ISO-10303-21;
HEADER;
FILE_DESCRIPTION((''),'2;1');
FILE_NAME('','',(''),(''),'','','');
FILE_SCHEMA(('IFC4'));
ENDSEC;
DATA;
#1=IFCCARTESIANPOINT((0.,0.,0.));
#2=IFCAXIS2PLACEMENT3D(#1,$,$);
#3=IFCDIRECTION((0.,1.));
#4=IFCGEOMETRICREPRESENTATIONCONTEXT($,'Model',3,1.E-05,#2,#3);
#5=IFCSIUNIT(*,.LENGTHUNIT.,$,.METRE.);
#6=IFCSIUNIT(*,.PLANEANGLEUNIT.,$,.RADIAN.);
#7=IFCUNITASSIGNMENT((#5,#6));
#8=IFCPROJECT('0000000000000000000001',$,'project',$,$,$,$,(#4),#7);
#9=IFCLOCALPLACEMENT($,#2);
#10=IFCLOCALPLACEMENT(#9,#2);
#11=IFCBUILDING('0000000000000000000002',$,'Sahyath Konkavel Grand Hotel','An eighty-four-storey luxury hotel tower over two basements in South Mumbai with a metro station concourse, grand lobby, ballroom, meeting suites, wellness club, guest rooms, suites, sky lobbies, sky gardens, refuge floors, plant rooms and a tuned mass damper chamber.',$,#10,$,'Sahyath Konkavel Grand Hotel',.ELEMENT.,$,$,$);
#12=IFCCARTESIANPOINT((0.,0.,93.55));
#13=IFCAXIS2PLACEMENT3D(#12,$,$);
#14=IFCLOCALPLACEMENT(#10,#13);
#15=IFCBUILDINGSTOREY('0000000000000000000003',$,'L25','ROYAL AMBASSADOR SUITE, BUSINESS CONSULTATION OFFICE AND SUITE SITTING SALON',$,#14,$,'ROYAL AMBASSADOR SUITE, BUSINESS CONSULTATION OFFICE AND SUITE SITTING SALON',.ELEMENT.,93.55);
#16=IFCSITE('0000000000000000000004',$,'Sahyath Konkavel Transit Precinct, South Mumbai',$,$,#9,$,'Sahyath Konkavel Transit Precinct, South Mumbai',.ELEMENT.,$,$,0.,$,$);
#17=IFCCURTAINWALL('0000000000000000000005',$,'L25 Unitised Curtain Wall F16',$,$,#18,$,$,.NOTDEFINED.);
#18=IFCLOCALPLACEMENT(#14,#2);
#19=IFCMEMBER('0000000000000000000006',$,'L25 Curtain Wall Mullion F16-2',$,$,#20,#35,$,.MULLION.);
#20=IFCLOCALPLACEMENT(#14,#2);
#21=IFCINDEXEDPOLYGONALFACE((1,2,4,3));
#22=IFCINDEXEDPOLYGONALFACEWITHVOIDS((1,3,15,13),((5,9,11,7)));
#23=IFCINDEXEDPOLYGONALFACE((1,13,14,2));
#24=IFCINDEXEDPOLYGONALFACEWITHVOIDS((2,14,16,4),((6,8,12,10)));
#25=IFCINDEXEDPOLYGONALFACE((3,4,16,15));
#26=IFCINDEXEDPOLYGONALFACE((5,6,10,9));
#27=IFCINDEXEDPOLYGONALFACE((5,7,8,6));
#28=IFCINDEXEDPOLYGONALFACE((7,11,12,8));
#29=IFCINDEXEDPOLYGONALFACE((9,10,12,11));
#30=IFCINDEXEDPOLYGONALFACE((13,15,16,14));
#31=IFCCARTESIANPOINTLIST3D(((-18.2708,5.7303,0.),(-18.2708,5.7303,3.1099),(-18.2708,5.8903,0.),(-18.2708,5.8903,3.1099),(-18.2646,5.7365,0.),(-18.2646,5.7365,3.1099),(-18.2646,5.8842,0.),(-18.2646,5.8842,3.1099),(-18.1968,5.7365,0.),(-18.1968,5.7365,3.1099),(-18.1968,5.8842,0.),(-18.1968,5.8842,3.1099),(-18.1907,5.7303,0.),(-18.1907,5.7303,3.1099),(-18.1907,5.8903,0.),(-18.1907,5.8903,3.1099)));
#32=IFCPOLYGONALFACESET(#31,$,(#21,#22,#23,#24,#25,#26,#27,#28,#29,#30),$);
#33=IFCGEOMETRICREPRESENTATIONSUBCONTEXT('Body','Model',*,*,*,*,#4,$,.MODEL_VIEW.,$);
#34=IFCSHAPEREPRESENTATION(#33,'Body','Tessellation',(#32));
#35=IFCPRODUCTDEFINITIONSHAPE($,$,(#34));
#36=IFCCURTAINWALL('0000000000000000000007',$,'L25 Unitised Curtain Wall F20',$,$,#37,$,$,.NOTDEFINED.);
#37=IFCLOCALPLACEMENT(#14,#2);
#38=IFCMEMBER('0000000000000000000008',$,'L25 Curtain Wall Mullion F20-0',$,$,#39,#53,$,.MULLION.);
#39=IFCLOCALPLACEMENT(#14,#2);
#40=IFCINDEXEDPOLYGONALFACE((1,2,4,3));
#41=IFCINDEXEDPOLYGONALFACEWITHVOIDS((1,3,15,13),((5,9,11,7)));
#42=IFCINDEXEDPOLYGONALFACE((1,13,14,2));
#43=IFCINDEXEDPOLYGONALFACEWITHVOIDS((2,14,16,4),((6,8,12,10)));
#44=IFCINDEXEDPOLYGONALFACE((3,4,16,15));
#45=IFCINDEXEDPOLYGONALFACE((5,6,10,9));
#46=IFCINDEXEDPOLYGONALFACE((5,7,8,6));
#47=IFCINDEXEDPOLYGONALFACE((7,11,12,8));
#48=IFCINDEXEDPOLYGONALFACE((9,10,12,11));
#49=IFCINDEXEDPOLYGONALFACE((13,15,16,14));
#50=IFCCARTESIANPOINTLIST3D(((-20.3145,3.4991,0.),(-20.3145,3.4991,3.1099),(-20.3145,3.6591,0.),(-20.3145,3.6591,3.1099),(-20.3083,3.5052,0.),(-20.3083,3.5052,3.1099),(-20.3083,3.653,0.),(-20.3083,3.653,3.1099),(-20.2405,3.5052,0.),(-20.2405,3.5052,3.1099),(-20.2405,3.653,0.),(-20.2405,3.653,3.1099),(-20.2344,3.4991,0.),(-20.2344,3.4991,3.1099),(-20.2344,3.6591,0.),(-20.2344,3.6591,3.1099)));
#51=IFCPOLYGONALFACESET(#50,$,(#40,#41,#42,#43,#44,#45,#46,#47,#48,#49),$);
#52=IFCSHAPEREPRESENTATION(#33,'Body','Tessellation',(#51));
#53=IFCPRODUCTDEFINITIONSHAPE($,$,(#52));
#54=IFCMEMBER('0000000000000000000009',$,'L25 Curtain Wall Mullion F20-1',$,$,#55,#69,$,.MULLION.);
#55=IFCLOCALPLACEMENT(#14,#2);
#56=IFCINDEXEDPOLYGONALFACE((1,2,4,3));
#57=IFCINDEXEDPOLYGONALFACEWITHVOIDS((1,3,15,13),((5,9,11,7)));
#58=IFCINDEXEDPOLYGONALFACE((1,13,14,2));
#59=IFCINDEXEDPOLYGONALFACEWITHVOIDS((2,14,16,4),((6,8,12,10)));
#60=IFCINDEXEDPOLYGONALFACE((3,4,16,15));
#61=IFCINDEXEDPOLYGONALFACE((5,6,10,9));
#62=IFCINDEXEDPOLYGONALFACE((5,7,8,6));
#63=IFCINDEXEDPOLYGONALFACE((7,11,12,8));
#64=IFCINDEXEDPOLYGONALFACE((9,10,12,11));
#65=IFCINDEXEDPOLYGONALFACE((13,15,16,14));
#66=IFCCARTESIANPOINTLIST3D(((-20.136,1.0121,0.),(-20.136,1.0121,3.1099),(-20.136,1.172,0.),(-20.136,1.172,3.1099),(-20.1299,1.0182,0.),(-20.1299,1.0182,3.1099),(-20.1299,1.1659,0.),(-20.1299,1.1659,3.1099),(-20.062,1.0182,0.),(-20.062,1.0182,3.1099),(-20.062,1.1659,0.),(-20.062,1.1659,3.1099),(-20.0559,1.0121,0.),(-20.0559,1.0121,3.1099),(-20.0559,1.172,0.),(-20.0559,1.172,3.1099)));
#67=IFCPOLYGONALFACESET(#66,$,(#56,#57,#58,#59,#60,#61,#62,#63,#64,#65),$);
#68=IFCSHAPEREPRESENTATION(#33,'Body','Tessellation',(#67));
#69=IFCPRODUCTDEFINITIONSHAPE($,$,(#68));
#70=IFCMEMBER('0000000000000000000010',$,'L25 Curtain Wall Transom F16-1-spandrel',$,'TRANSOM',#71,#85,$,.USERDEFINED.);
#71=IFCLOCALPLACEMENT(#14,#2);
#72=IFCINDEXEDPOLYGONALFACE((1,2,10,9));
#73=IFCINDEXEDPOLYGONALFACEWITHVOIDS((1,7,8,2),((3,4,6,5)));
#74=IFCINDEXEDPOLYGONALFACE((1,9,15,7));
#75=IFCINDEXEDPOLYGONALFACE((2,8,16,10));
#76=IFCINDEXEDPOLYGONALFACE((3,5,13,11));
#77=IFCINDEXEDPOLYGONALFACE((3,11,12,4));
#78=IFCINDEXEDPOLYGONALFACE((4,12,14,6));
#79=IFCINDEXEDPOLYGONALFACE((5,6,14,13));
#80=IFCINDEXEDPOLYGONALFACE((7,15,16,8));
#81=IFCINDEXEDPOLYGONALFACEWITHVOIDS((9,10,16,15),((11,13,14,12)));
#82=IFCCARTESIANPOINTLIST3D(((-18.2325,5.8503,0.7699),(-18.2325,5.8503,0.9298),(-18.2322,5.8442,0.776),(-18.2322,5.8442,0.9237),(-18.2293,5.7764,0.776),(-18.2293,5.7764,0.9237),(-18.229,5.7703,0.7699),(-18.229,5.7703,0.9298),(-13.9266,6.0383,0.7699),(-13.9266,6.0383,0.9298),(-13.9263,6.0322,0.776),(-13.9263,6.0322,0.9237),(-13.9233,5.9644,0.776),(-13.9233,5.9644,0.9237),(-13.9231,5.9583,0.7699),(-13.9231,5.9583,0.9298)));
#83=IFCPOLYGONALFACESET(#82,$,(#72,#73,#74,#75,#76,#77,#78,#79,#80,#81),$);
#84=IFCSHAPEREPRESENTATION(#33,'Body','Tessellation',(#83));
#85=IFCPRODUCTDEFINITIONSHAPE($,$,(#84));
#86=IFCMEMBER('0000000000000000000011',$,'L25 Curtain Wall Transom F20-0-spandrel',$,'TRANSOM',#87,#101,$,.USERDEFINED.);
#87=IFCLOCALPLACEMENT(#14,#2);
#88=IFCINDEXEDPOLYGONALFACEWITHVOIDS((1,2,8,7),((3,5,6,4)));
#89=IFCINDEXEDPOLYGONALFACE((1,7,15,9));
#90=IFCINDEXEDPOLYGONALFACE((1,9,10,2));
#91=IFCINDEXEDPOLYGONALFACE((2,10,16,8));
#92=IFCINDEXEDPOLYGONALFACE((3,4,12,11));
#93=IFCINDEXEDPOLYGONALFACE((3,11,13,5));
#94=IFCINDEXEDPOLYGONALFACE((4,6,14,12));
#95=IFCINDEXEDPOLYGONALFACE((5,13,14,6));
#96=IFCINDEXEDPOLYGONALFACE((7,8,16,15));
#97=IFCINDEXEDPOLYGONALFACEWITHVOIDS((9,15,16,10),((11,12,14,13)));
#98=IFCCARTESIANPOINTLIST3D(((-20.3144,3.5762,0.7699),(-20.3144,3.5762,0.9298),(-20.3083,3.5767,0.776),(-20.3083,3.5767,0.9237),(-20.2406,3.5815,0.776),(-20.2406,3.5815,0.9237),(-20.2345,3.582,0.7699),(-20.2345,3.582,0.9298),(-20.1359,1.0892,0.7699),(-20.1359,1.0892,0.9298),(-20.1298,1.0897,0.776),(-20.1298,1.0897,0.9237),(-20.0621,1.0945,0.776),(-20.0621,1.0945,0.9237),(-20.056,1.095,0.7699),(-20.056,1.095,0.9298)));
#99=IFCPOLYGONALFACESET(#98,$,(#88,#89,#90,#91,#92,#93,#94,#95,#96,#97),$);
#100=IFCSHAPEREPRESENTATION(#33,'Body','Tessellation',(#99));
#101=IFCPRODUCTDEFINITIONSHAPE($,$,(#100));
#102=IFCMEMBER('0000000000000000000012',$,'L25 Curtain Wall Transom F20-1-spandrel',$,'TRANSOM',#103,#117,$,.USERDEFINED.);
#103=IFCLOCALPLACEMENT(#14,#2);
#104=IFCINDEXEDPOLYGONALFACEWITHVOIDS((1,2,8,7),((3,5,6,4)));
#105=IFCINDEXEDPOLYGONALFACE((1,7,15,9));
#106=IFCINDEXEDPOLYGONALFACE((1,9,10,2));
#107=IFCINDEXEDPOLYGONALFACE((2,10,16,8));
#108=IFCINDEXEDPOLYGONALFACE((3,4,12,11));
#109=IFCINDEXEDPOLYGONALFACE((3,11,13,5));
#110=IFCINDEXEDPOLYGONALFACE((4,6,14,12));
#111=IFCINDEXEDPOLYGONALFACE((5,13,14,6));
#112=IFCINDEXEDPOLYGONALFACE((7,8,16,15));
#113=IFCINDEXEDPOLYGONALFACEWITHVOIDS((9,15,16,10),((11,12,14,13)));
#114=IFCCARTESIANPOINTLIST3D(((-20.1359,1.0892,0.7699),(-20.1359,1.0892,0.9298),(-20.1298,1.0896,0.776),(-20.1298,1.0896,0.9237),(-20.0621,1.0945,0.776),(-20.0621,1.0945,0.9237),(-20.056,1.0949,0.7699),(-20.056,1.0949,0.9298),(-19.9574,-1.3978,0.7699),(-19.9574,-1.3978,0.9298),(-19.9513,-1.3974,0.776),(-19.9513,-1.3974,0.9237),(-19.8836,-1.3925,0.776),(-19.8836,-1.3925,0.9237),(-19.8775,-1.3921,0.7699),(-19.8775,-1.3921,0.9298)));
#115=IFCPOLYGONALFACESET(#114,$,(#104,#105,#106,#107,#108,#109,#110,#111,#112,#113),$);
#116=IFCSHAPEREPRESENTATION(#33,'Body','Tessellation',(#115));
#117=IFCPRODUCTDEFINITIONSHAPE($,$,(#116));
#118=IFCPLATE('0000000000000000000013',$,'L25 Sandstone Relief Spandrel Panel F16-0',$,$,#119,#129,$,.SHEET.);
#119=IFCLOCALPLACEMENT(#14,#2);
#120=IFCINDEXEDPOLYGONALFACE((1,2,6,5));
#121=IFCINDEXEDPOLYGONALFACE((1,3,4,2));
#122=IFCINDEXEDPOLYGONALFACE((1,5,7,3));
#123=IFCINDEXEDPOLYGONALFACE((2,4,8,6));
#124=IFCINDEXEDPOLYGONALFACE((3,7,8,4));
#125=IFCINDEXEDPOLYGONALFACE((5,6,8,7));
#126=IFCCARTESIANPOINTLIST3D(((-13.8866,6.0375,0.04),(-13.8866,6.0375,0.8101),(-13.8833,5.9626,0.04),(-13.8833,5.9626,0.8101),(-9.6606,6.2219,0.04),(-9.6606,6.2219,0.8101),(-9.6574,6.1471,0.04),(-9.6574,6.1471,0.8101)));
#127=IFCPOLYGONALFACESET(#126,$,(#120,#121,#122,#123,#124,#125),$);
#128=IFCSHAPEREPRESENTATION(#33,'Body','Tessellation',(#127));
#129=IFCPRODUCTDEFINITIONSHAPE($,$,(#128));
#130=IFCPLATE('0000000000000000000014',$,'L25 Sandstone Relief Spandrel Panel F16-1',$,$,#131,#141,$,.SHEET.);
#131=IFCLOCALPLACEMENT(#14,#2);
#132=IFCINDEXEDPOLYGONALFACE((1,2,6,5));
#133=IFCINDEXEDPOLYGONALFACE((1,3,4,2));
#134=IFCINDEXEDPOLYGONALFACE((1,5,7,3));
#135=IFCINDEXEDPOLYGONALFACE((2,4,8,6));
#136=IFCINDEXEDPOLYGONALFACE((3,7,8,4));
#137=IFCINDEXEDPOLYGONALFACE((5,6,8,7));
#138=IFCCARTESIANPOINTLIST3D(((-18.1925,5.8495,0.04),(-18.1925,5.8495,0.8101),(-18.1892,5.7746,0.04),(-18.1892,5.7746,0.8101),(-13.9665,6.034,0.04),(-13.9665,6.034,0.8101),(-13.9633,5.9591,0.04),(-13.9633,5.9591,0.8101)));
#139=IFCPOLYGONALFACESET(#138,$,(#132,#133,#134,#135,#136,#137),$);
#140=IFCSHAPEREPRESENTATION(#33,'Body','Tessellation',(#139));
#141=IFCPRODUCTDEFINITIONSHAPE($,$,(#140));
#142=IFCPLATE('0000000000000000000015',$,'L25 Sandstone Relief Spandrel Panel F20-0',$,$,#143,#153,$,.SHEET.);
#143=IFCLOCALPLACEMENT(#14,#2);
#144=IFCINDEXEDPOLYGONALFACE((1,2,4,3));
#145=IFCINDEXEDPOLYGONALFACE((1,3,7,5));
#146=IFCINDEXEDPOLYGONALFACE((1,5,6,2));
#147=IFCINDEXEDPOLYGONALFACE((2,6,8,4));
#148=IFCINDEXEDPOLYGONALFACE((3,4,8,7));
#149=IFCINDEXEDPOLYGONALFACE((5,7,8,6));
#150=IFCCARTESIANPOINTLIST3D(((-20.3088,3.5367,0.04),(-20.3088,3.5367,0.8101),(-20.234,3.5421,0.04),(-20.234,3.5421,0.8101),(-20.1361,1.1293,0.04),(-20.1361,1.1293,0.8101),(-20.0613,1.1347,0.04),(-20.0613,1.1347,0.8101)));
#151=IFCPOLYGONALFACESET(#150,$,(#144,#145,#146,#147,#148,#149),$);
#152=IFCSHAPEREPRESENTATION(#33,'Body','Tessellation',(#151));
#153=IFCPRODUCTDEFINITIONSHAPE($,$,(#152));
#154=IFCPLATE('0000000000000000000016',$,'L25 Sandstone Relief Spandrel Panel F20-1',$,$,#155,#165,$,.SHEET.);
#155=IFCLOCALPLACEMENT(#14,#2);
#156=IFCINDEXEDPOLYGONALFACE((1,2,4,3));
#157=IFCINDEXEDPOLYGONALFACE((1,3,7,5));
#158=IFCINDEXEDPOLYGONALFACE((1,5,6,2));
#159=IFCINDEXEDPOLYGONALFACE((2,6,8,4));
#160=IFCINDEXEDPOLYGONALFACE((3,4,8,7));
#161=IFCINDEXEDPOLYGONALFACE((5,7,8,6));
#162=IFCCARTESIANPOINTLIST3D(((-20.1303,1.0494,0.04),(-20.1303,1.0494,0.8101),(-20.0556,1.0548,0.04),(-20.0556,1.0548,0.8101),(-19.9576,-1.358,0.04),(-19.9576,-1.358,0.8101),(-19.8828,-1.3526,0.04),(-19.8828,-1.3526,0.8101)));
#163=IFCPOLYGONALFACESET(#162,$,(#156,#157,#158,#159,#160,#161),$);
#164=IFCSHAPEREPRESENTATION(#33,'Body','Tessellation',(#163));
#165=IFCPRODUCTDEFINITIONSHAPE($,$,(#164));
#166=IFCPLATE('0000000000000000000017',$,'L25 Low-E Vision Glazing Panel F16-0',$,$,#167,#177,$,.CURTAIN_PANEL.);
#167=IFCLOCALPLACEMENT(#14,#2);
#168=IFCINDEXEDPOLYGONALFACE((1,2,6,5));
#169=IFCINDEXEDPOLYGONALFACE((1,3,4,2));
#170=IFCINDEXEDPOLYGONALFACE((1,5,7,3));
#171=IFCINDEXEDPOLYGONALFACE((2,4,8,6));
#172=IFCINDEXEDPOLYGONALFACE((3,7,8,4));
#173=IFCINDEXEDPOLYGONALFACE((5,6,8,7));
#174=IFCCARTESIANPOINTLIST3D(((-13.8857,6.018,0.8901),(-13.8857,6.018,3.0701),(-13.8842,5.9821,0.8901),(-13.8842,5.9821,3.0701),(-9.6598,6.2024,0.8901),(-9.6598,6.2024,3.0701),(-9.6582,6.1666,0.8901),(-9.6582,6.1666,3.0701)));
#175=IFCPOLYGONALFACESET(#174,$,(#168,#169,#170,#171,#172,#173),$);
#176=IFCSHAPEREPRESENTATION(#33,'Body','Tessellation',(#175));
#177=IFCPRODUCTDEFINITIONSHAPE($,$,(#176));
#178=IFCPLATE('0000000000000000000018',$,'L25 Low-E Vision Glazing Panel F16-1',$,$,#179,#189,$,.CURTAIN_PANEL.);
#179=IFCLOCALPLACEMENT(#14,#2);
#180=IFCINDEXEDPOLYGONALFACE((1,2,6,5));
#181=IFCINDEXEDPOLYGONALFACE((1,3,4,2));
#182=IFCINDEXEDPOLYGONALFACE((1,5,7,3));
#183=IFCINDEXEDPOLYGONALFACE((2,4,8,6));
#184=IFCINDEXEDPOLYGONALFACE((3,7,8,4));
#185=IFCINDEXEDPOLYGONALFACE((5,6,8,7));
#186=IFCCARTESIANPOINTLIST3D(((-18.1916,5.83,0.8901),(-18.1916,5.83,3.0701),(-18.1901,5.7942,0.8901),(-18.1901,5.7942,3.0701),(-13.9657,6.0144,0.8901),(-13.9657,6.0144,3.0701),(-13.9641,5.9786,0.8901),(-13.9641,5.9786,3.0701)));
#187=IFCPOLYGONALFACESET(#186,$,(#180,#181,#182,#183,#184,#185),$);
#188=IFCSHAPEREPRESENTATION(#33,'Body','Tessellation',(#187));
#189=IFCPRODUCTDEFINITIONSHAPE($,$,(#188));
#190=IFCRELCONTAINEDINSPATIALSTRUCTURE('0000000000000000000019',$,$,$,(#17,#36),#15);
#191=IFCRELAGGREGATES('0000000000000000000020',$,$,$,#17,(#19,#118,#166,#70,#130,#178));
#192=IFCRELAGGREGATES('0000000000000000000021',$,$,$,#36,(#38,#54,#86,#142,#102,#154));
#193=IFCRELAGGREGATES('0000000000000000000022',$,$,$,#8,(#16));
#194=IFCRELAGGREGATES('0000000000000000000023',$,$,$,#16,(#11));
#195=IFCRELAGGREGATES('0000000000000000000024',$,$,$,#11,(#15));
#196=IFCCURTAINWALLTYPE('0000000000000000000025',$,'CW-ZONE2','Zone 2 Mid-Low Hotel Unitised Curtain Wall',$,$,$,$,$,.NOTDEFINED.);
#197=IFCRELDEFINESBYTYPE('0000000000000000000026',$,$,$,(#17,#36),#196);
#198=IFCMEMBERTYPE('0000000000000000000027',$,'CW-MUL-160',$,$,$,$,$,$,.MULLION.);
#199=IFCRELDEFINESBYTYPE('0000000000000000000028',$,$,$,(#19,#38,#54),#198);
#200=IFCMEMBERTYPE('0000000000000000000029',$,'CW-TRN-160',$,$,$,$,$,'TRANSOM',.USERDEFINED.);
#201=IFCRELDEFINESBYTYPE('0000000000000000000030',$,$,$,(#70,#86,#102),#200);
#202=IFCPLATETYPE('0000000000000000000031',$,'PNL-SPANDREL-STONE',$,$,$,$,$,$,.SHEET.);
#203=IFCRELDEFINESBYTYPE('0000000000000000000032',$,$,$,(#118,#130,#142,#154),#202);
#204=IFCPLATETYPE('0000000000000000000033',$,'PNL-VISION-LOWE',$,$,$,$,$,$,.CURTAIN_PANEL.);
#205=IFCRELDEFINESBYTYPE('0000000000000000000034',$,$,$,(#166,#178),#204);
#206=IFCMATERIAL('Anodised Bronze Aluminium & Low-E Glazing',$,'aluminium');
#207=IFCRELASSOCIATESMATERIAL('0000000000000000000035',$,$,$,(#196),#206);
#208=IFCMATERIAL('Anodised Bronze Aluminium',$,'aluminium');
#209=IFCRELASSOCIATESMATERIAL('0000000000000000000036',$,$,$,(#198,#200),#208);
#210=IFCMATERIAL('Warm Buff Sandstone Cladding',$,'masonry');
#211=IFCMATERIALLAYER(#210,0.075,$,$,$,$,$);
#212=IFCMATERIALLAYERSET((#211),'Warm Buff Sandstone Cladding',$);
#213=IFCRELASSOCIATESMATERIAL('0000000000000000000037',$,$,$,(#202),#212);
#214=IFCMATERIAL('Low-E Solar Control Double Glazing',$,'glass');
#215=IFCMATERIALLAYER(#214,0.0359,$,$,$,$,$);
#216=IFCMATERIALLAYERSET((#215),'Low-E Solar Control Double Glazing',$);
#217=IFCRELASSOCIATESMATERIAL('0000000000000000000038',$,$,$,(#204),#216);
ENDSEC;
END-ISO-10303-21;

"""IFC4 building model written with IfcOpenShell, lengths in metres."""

from ifc_helpers import new_model, si_unit, direction, frame, origin, origin_2d, place, context, subcontext, project, spatial, rectangle, hollow_rectangle, extrude, source, transform, mapped, material, layer, layer_set, material_profile, profile_set, type_object, element, aggregate, save


model = new_model("IFC4")

# Units and contexts
model_context = context("Model", 3, precision=1e-05, world=origin(), true_north=direction((0.0, 1.0)))
body_context = subcontext(model_context, "Body", "Model", "MODEL_VIEW")
ifc_project = project(units=[si_unit("LENGTHUNIT", "METRE"), si_unit("PLANEANGLEUNIT", "RADIAN")], contexts=[model_context])

# Site, building, storey
site_placement = place(None, origin())
site = spatial("IfcSite", under=ifc_project, at=site_placement, Name="Sahyath Konkavel Transit Precinct, South Mumbai", LongName="Sahyath Konkavel Transit Precinct, South Mumbai", CompositionType="ELEMENT", RefElevation=0.0)
building_placement = place(site_placement, origin())
building = spatial("IfcBuilding", under=site, at=building_placement, Name="Sahyath Konkavel Grand Hotel", Description="An eighty-four-storey luxury hotel tower over two basements in South Mumbai with a metro station concourse, grand lobby, ballroom, meeting suites, wellness club, guest rooms, suites, sky lobbies, sky gardens, refuge floors, plant rooms and a tuned mass damper chamber.", LongName="Sahyath Konkavel Grand Hotel", CompositionType="ELEMENT")
storey_placement = place(building_placement, frame((0.0, 0.0, 93.55)))
storey = spatial("IfcBuildingStorey", under=building, at=storey_placement, Name="L25", Description="ROYAL AMBASSADOR SUITE, BUSINESS CONSULTATION OFFICE AND SUITE SITTING SALON", LongName="ROYAL AMBASSADOR SUITE, BUSINESS CONSULTATION OFFICE AND SUITE SITTING SALON", CompositionType="ELEMENT", Elevation=93.55)

# Curtain walls, members
ifc_material_1 = material(Name="Anodised Bronze Aluminium & Low-E Glazing", Category="aluminium")
curtain_wall_type = type_object("IfcCurtainWallType", Name="CW-ZONE2", Description="Zone 2 Mid-Low Hotel Unitised Curtain Wall", PredefinedType="NOTDEFINED", material=ifc_material_1)
curtain_wall_1_placement = place(storey_placement, origin())
curtain_wall_1 = element("IfcCurtainWall", 1, at=curtain_wall_1_placement, inside=storey, type_object=curtain_wall_type, Name="L25 Unitised Curtain Wall F16", PredefinedType="NOTDEFINED")
ifc_material_2 = material(Name="Anodised Bronze Aluminium", Category="aluminium")
ifc_material_profile_1 = material_profile(ifc_material_2, hollow_rectangle(XDim=0.0801, YDim=0.1599, WallThickness=0.0061, at=origin_2d()), Name="RHS 160x80x6")
ifc_profile_set_1 = profile_set([ifc_material_profile_1], Name="Anodised Bronze Aluminium")
member_type_1 = type_object("IfcMemberType", Name="CW-MUL-160", PredefinedType="MULLION", material=ifc_profile_set_1)
shared_shape_1 = source(origin(), body_context, "Body", "SweptSolid", [
    extrude(hollow_rectangle(XDim=0.0801, YDim=0.1599, WallThickness=0.0061, at=origin_2d()), origin(), (0.0, 0.0, 1.0), 3.1099),
])
member_1_placement = place(storey_placement, frame((-18.2307, 5.8103, 0.0), z_axis=(0.0, 0.0, 1.0), x_axis=(1.0, 0.0, 0.0)))
member_1 = element("IfcMember", 2, at=member_1_placement, type_object=member_type_1, Name="L25 Curtain Wall Mullion F16-2", PredefinedType="MULLION", context=body_context, shape_type="MappedRepresentation", body=[
    mapped(shared_shape_1, transform((0.0, 0.0, 0.0), scale=1.0)),
])
curtain_wall_2_placement = place(storey_placement, origin())
curtain_wall_2 = element("IfcCurtainWall", 3, at=curtain_wall_2_placement, inside=storey, type_object=curtain_wall_type, Name="L25 Unitised Curtain Wall F20", PredefinedType="NOTDEFINED")
member_2_placement = place(storey_placement, frame((-20.2744, 3.5791, 0.0), z_axis=(0.0, 0.0, 1.0), x_axis=(1.0, 0.0, 0.0)))
member_2 = element("IfcMember", 4, at=member_2_placement, type_object=member_type_1, Name="L25 Curtain Wall Mullion F20-0", PredefinedType="MULLION", context=body_context, shape_type="MappedRepresentation", body=[
    mapped(shared_shape_1, transform((0.0, 0.0, 0.0), scale=1.0)),
])
member_3_placement = place(storey_placement, frame((-20.0959, 1.092, 0.0), z_axis=(0.0, 0.0, 1.0), x_axis=(1.0, 0.0, 0.0)))
member_3 = element("IfcMember", 5, at=member_3_placement, type_object=member_type_1, Name="L25 Curtain Wall Mullion F20-1", PredefinedType="MULLION", context=body_context, shape_type="MappedRepresentation", body=[
    mapped(shared_shape_1, transform((0.0, 0.0, 0.0), scale=1.0)),
])

# Members
ifc_material_profile_2 = material_profile(ifc_material_2, hollow_rectangle(XDim=0.0801, YDim=0.1599, WallThickness=0.0061, at=origin_2d()), Name="RHS 160x80x6")
ifc_profile_set_2 = profile_set([ifc_material_profile_2], Name="Anodised Bronze Aluminium")
member_type_2 = type_object("IfcMemberType", Name="CW-TRN-160", ElementType="TRANSOM", PredefinedType="USERDEFINED", material=ifc_profile_set_2)
shared_shape_2 = source(origin(), body_context, "Body", "SweptSolid", [
    extrude(hollow_rectangle(XDim=0.0801, YDim=0.1599, WallThickness=0.0061, at=origin_2d()), origin(), (0.0, 0.0, 1.0), 4.3101),
])
member_4_placement = place(storey_placement, frame((-13.9248, 5.9983, 0.8499), z_axis=(-0.999048, -0.043617, 0.0), x_axis=(0.043617, -0.999048, 0.0)))
member_4 = element("IfcMember", 6, at=member_4_placement, type_object=member_type_2, Name="L25 Curtain Wall Transom F16-1-spandrel", ObjectType="TRANSOM", PredefinedType="USERDEFINED", context=body_context, shape_type="MappedRepresentation", body=[
    mapped(shared_shape_2, transform((0.0, 0.0, 0.0), scale=1.0)),
])
shared_shape_3 = source(origin(), body_context, "Body", "SweptSolid", [
    extrude(hollow_rectangle(XDim=0.0801, YDim=0.1599, WallThickness=0.0061, at=origin_2d()), origin(), (0.0, 0.0, 1.0), 2.4934),
])
member_5_placement = place(storey_placement, frame((-20.2744, 3.5791, 0.8499), z_axis=(0.071574, -0.997435, 0.0), x_axis=(0.997435, 0.071574, 0.0)))
member_5 = element("IfcMember", 7, at=member_5_placement, type_object=member_type_2, Name="L25 Curtain Wall Transom F20-0-spandrel", ObjectType="TRANSOM", PredefinedType="USERDEFINED", context=body_context, shape_type="MappedRepresentation", body=[
    mapped(shared_shape_3, transform((0.0, 0.0, 0.0), scale=1.0)),
])
member_6_placement = place(storey_placement, frame((-20.0959, 1.092, 0.8499), z_axis=(0.071574, -0.997435, 0.0), x_axis=(0.997435, 0.071574, 0.0)))
member_6 = element("IfcMember", 8, at=member_6_placement, type_object=member_type_2, Name="L25 Curtain Wall Transom F20-1-spandrel", ObjectType="TRANSOM", PredefinedType="USERDEFINED", context=body_context, shape_type="MappedRepresentation", body=[
    mapped(shared_shape_3, transform((0.0, 0.0, 0.0), scale=1.0)),
])

# Plates
ifc_material_3 = material(Name="Warm Buff Sandstone Cladding", Category="masonry")
ifc_layer_1 = layer(ifc_material_3, 0.075)
ifc_layer_set_1 = layer_set([ifc_layer_1], Name="Warm Buff Sandstone Cladding")
plate_type_1 = type_object("IfcPlateType", Name="PNL-SPANDREL-STONE", PredefinedType="SHEET", material=ifc_layer_set_1)
shared_shape_4 = source(origin(), body_context, "Body", "SweptSolid", [
    extrude(rectangle(XDim=4.23, YDim=0.075, at=origin_2d()), origin(), (0.0, 0.0, 1.0), 0.77),
])
plate_1_placement = place(storey_placement, frame((-11.772, 6.0923, 0.04), z_axis=(0.0, 0.0, 1.0), x_axis=(-0.999049, -0.043602, 0.0)))
plate_1 = element("IfcPlate", 9, at=plate_1_placement, type_object=plate_type_1, Name="L25 Sandstone Relief Spandrel Panel F16-0", PredefinedType="SHEET", context=body_context, shape_type="MappedRepresentation", body=[
    mapped(shared_shape_4, transform((0.0, 0.0, 0.0), scale=1.0)),
])
plate_2_placement = place(storey_placement, frame((-16.0779, 5.9043, 0.04), z_axis=(0.0, 0.0, 1.0), x_axis=(-0.999049, -0.043602, 0.0)))
plate_2 = element("IfcPlate", 10, at=plate_2_placement, type_object=plate_type_1, Name="L25 Sandstone Relief Spandrel Panel F16-1", PredefinedType="SHEET", context=body_context, shape_type="MappedRepresentation", body=[
    mapped(shared_shape_4, transform((0.0, 0.0, 0.0), scale=1.0)),
])
shared_shape_5 = source(origin(), body_context, "Body", "SweptSolid", [
    extrude(rectangle(XDim=2.4136, YDim=0.075, at=origin_2d()), origin(), (0.0, 0.0, 1.0), 0.77),
])
plate_3_placement = place(storey_placement, frame((-20.1851, 2.3357, 0.04), z_axis=(0.0, 0.0, 1.0), x_axis=(0.071567, -0.997436, 0.0)))
plate_3 = element("IfcPlate", 11, at=plate_3_placement, type_object=plate_type_1, Name="L25 Sandstone Relief Spandrel Panel F20-0", PredefinedType="SHEET", context=body_context, shape_type="MappedRepresentation", body=[
    mapped(shared_shape_5, transform((0.0, 0.0, 0.0), scale=1.0)),
])
plate_4_placement = place(storey_placement, frame((-20.0066, -0.1516, 0.04), z_axis=(0.0, 0.0, 1.0), x_axis=(0.071567, -0.997436, 0.0)))
plate_4 = element("IfcPlate", 12, at=plate_4_placement, type_object=plate_type_1, Name="L25 Sandstone Relief Spandrel Panel F20-1", PredefinedType="SHEET", context=body_context, shape_type="MappedRepresentation", body=[
    mapped(shared_shape_5, transform((0.0, 0.0, 0.0), scale=1.0)),
])
ifc_material_4 = material(Name="Low-E Solar Control Double Glazing", Category="glass")
ifc_layer_2 = layer(ifc_material_4, 0.0359)
ifc_layer_set_2 = layer_set([ifc_layer_2], Name="Low-E Solar Control Double Glazing")
plate_type_2 = type_object("IfcPlateType", Name="PNL-VISION-LOWE", PredefinedType="CURTAIN_PANEL", material=ifc_layer_set_2)
shared_shape_6 = source(origin(), body_context, "Body", "SweptSolid", [
    extrude(rectangle(XDim=4.23, YDim=0.0359, at=origin_2d()), origin(), (0.0, 0.0, 1.0), 2.1799),
])
plate_5_placement = place(storey_placement, frame((-11.772, 6.0923, 0.8901), z_axis=(0.0, 0.0, 1.0), x_axis=(-0.999049, -0.043602, 0.0)))
plate_5 = element("IfcPlate", 13, at=plate_5_placement, type_object=plate_type_2, Name="L25 Low-E Vision Glazing Panel F16-0", PredefinedType="CURTAIN_PANEL", context=body_context, shape_type="MappedRepresentation", body=[
    mapped(shared_shape_6, transform((0.0, 0.0, 0.0), scale=1.0)),
])
plate_6_placement = place(storey_placement, frame((-16.0779, 5.9043, 0.8901), z_axis=(0.0, 0.0, 1.0), x_axis=(-0.999049, -0.043602, 0.0)))
plate_6 = element("IfcPlate", 14, at=plate_6_placement, type_object=plate_type_2, Name="L25 Low-E Vision Glazing Panel F16-1", PredefinedType="CURTAIN_PANEL", context=body_context, shape_type="MappedRepresentation", body=[
    mapped(shared_shape_6, transform((0.0, 0.0, 0.0), scale=1.0)),
])
aggregate(curtain_wall_1, [member_1, plate_1, plate_5, member_4, plate_2, plate_6])
aggregate(curtain_wall_2, [member_2, member_3, member_5, plate_3, member_6, plate_4])

save(model, "model.ifc")
